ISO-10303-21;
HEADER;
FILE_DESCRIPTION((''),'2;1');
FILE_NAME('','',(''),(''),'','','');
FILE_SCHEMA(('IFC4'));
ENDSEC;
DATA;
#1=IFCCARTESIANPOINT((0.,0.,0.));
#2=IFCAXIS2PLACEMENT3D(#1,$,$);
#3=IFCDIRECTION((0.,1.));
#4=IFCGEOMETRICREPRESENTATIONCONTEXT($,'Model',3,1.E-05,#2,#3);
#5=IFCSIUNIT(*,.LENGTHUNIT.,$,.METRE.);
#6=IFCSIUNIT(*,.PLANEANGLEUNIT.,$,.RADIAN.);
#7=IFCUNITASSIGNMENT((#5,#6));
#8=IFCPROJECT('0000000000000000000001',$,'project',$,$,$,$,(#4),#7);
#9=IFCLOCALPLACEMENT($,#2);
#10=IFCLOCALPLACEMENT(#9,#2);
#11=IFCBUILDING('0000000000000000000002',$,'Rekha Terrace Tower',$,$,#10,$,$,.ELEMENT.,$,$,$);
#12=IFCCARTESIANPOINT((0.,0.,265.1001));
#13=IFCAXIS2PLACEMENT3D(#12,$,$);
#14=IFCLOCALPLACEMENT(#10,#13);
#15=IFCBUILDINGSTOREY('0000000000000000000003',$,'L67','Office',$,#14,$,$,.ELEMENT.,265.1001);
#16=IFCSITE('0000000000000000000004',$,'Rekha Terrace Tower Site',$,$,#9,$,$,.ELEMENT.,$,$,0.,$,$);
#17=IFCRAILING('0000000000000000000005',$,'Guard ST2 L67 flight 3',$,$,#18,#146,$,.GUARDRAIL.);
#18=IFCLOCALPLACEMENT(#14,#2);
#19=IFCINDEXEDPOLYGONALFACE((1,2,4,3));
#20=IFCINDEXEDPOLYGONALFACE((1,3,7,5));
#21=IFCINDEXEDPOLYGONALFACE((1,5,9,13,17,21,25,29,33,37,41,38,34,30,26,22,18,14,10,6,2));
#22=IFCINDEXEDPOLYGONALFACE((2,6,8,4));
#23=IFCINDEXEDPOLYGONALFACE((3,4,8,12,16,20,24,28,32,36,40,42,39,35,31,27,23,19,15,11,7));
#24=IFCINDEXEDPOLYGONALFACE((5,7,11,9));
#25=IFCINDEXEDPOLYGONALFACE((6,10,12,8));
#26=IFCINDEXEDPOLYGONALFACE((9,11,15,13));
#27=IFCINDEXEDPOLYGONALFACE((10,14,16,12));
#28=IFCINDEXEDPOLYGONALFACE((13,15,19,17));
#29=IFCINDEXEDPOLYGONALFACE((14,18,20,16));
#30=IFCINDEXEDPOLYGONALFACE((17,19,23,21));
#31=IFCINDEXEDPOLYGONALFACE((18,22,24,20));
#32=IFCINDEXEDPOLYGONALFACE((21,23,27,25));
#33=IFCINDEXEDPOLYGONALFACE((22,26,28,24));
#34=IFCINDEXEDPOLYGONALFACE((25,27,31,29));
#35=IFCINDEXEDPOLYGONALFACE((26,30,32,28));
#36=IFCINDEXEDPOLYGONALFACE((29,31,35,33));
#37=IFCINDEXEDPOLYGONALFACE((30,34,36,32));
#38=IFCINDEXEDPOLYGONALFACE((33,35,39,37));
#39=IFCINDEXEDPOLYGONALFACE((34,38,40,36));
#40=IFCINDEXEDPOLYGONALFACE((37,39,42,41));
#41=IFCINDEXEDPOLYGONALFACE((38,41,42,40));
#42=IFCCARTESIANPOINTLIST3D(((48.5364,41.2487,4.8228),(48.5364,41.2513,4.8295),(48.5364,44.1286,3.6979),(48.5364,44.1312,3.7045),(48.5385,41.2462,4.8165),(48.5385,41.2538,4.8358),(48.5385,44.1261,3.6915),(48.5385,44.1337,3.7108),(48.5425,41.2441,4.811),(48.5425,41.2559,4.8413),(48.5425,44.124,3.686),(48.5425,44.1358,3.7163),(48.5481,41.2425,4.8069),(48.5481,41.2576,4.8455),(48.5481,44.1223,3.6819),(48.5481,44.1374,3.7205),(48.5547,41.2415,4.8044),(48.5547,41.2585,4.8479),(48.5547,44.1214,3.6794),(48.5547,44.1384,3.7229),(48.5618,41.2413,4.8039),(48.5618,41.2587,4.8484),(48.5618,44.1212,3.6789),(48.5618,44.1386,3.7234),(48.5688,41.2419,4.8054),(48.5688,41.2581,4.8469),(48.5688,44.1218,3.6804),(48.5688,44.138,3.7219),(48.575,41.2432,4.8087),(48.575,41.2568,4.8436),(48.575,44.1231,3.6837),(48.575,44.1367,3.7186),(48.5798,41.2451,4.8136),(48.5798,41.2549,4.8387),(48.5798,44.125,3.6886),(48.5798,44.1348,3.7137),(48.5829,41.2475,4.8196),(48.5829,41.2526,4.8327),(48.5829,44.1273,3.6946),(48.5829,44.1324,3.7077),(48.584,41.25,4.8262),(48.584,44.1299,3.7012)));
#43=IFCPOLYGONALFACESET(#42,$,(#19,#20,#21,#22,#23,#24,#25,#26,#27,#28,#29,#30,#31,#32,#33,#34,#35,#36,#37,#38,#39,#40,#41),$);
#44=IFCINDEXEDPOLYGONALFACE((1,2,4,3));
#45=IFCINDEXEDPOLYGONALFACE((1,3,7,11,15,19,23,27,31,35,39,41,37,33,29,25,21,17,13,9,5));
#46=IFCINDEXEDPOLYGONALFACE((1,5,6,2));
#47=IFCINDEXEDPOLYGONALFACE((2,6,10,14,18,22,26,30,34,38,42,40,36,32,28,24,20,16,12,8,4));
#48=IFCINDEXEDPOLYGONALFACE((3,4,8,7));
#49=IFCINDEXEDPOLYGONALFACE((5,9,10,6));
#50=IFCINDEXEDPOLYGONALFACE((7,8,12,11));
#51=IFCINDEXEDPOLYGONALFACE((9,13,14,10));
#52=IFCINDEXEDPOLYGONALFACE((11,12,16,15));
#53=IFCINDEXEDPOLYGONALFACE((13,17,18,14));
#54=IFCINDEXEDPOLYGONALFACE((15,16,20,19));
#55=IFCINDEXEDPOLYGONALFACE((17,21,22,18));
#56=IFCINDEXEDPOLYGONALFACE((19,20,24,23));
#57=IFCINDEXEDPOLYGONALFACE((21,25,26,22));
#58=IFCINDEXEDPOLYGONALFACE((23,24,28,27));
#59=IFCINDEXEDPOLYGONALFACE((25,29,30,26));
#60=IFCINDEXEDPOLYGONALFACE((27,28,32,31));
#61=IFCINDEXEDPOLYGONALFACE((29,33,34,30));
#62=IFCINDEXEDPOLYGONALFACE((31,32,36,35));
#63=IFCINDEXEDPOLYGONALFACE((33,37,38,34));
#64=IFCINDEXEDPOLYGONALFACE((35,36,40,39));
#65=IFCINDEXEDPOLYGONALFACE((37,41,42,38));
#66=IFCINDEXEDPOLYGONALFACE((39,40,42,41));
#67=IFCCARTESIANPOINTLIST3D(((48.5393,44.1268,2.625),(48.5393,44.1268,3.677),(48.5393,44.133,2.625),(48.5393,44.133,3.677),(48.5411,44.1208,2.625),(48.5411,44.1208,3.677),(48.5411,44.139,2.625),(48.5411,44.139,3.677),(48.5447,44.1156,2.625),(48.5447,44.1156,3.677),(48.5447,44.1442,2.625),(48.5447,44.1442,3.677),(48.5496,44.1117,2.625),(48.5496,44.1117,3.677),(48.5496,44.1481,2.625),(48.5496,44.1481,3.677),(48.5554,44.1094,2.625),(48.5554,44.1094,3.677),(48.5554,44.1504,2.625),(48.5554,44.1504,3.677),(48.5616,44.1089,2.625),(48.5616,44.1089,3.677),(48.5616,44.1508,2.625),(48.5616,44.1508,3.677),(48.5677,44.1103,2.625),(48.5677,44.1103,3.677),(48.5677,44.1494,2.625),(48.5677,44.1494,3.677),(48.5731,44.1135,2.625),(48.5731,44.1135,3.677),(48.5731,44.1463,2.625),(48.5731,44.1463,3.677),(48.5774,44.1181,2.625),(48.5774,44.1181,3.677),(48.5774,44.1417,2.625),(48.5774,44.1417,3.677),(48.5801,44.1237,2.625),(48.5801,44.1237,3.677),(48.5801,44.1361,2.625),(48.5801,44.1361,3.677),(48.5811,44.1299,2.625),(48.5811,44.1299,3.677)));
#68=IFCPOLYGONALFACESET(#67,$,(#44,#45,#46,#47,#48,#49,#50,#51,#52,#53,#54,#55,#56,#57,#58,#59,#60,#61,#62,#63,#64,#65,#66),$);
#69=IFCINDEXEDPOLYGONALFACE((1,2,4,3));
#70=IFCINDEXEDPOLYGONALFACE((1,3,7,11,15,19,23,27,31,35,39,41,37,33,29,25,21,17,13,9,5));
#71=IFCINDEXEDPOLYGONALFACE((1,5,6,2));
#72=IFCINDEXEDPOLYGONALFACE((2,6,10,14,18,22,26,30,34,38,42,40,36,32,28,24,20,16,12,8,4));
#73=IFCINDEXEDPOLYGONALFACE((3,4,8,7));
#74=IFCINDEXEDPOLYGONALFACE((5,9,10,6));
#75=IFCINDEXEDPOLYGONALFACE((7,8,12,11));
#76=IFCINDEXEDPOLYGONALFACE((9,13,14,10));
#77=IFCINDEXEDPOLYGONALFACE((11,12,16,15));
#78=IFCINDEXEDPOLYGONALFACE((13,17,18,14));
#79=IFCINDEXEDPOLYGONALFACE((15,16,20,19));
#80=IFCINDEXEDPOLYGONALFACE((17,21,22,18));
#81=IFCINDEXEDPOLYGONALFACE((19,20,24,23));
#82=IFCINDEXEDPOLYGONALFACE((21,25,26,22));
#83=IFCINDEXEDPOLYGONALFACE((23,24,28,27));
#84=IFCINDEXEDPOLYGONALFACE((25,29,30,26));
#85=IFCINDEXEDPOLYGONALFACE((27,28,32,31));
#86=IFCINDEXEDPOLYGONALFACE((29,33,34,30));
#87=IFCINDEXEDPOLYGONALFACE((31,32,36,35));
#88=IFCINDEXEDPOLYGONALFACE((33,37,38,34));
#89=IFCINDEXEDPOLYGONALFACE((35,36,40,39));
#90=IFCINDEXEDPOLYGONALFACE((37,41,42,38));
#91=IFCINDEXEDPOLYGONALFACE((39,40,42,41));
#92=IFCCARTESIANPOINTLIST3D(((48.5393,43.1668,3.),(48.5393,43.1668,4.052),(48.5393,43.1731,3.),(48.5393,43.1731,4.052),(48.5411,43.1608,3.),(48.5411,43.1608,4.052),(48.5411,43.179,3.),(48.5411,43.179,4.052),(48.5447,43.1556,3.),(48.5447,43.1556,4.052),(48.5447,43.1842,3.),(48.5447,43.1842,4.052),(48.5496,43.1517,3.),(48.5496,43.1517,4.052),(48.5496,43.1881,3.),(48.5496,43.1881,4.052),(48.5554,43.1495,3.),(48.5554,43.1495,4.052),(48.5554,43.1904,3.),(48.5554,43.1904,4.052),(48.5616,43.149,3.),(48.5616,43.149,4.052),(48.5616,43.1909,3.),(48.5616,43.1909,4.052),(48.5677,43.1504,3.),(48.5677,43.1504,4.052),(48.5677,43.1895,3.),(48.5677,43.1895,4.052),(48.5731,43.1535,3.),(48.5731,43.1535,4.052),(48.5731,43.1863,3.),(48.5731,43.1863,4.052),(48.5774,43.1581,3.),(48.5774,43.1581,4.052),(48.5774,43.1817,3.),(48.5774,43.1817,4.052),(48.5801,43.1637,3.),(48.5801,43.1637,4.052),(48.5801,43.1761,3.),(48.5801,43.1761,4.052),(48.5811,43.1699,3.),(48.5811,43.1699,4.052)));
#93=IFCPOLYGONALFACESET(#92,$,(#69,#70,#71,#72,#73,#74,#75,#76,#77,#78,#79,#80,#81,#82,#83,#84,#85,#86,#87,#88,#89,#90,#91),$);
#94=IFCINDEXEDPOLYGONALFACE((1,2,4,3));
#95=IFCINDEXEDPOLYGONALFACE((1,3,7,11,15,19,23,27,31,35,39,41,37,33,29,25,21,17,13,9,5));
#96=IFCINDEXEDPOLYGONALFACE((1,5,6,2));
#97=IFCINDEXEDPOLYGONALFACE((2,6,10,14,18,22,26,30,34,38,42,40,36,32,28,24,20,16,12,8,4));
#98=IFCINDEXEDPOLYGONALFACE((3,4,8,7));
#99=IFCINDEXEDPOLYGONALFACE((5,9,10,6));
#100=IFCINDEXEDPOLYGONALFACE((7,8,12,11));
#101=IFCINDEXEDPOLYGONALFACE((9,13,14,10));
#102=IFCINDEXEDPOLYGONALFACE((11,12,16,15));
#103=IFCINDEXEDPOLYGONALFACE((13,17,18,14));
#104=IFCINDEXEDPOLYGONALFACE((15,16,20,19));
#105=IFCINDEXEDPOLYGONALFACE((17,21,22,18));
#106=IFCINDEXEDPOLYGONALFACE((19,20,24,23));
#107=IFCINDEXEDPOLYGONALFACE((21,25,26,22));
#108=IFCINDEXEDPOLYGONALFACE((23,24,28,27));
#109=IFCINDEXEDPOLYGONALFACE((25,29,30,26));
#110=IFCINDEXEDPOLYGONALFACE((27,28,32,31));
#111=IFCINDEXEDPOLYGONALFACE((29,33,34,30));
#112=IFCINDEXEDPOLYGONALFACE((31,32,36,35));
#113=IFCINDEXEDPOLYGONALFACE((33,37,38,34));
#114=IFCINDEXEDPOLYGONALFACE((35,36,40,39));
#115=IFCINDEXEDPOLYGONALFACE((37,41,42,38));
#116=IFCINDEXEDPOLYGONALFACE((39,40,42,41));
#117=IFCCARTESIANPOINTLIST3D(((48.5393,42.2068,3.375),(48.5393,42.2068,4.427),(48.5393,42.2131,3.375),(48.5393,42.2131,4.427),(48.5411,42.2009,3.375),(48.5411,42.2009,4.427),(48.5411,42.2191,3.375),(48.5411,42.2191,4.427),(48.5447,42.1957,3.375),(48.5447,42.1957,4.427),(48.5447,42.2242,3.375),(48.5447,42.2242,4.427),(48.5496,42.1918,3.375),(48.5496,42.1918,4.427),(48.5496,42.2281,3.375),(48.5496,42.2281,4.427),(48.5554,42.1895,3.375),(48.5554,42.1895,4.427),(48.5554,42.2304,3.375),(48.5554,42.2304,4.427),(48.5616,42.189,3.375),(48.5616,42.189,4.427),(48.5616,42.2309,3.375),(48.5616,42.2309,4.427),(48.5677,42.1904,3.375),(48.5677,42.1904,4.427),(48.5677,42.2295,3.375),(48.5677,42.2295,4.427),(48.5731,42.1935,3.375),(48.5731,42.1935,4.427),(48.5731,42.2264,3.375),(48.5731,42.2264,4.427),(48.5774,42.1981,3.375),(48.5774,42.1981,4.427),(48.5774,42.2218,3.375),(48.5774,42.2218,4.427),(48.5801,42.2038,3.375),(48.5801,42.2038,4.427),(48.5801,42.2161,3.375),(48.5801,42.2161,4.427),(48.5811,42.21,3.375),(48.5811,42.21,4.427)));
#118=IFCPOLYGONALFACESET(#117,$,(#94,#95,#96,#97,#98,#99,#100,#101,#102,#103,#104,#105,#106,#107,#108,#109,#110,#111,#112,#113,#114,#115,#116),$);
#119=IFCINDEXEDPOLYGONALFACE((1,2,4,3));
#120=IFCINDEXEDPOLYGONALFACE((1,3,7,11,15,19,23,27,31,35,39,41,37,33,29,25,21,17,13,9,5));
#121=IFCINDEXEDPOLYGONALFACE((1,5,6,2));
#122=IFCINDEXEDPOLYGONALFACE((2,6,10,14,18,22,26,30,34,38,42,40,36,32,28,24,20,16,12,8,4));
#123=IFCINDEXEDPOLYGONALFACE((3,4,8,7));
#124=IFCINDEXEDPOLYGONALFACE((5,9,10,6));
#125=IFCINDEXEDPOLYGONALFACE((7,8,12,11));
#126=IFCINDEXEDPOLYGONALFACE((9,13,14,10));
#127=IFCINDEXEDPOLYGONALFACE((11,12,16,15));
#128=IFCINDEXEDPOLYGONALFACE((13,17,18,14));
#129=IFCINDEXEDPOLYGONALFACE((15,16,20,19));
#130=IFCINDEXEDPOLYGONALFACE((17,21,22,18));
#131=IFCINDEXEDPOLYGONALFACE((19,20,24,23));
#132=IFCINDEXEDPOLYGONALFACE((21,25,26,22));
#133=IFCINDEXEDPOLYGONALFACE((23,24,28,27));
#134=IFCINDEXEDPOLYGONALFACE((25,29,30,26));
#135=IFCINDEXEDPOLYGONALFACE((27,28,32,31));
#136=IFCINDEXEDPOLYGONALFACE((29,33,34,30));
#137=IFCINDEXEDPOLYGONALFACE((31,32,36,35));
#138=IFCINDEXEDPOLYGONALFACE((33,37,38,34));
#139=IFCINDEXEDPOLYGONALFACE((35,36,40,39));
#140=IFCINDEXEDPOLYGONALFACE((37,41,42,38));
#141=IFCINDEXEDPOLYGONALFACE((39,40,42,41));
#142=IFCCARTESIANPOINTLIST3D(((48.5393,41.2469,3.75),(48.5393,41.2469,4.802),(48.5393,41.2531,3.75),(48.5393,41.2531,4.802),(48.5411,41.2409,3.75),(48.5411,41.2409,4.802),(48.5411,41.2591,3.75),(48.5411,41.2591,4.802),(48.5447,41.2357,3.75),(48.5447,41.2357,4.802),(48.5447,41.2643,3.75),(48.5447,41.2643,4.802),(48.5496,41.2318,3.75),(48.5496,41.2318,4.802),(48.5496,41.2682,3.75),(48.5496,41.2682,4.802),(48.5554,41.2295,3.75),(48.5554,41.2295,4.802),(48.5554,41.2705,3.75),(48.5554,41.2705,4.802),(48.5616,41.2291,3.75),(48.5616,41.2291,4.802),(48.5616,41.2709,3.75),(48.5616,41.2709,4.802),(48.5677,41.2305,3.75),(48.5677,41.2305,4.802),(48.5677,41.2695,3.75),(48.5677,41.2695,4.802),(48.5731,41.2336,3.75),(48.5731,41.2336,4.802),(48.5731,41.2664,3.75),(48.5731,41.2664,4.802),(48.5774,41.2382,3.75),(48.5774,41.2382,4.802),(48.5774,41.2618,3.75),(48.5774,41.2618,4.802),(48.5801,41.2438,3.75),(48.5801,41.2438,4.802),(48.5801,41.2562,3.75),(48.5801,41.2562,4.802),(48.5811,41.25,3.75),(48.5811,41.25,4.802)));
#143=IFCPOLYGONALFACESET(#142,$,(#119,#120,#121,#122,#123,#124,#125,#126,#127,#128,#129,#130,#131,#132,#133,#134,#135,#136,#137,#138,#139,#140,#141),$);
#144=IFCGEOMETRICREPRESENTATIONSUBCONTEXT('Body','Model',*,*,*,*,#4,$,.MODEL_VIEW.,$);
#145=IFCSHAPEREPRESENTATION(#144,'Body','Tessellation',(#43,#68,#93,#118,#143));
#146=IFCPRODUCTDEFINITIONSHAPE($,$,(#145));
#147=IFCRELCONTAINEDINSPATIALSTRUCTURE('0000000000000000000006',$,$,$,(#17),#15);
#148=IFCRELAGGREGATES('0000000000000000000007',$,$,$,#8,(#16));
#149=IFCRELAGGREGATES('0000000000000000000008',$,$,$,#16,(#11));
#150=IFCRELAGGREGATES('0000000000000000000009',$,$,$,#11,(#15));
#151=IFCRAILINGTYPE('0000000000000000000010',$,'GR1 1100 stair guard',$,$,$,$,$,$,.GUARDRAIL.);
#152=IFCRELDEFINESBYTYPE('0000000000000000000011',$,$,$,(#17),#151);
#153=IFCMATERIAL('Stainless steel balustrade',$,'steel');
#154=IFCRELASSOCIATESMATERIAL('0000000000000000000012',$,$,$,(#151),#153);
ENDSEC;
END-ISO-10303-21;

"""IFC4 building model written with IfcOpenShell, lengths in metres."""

from ifc_helpers import new_model, si_unit, direction, frame, origin, origin_2d, place, context, subcontext, project, spatial, circle, extrude, material, type_object, element, save


model = new_model("IFC4")

# Units and contexts
model_context = context("Model", 3, precision=1e-05, world=origin(), true_north=direction((0.0, 1.0)))
body_context = subcontext(model_context, "Body", "Model", "MODEL_VIEW")
ifc_project = project(units=[si_unit("LENGTHUNIT", "METRE"), si_unit("PLANEANGLEUNIT", "RADIAN")], contexts=[model_context])

# Site, building, storey
site_placement = place(None, origin())
site = spatial("IfcSite", under=ifc_project, at=site_placement, Name="Rekha Terrace Tower Site", CompositionType="ELEMENT", RefElevation=0.0)
building_placement = place(site_placement, origin())
building = spatial("IfcBuilding", under=site, at=building_placement, Name="Rekha Terrace Tower", CompositionType="ELEMENT")
storey_placement = place(building_placement, frame((0.0, 0.0, 265.1001)))
storey = spatial("IfcBuildingStorey", under=building, at=storey_placement, Name="L67", Description="Office", CompositionType="ELEMENT", Elevation=265.1001)

# Railing
ifc_material_1 = material(Name="Stainless steel balustrade", Category="steel")
railing_type = type_object("IfcRailingType", Name="GR1 1100 stair guard", PredefinedType="GUARDRAIL", material=ifc_material_1)
railing_1_placement = place(storey_placement, frame((48.5601, 44.1299, 2.625)))
element("IfcRailing", 1, at=railing_1_placement, inside=storey, type_object=railing_type, Name="Guard ST2 L67 flight 3", PredefinedType="GUARDRAIL", context=body_context, shape_type="SweptSolid", body=[
    extrude(circle(Radius=0.0239, at=origin_2d()), frame((0.0, 0.0, 1.0762), z_axis=(0.0, -0.931452, 0.363863), x_axis=(1.0, 0.0, 0.0)), (0.0, 0.0, 1.0), 3.0918),
    extrude(circle(Radius=0.021, at=origin_2d()), origin(), (0.0, 0.0, 1.0), 1.052),
    extrude(circle(Radius=0.021, at=origin_2d()), frame((0.0, -0.96, 0.375)), (0.0, 0.0, 1.0), 1.052),
    extrude(circle(Radius=0.021, at=origin_2d()), frame((0.0, -1.9199, 0.75)), (0.0, 0.0, 1.0), 1.052),
    extrude(circle(Radius=0.021, at=origin_2d()), frame((0.0, -2.8799, 1.125)), (0.0, 0.0, 1.0), 1.052),
])

save(model, "model.ifc")
